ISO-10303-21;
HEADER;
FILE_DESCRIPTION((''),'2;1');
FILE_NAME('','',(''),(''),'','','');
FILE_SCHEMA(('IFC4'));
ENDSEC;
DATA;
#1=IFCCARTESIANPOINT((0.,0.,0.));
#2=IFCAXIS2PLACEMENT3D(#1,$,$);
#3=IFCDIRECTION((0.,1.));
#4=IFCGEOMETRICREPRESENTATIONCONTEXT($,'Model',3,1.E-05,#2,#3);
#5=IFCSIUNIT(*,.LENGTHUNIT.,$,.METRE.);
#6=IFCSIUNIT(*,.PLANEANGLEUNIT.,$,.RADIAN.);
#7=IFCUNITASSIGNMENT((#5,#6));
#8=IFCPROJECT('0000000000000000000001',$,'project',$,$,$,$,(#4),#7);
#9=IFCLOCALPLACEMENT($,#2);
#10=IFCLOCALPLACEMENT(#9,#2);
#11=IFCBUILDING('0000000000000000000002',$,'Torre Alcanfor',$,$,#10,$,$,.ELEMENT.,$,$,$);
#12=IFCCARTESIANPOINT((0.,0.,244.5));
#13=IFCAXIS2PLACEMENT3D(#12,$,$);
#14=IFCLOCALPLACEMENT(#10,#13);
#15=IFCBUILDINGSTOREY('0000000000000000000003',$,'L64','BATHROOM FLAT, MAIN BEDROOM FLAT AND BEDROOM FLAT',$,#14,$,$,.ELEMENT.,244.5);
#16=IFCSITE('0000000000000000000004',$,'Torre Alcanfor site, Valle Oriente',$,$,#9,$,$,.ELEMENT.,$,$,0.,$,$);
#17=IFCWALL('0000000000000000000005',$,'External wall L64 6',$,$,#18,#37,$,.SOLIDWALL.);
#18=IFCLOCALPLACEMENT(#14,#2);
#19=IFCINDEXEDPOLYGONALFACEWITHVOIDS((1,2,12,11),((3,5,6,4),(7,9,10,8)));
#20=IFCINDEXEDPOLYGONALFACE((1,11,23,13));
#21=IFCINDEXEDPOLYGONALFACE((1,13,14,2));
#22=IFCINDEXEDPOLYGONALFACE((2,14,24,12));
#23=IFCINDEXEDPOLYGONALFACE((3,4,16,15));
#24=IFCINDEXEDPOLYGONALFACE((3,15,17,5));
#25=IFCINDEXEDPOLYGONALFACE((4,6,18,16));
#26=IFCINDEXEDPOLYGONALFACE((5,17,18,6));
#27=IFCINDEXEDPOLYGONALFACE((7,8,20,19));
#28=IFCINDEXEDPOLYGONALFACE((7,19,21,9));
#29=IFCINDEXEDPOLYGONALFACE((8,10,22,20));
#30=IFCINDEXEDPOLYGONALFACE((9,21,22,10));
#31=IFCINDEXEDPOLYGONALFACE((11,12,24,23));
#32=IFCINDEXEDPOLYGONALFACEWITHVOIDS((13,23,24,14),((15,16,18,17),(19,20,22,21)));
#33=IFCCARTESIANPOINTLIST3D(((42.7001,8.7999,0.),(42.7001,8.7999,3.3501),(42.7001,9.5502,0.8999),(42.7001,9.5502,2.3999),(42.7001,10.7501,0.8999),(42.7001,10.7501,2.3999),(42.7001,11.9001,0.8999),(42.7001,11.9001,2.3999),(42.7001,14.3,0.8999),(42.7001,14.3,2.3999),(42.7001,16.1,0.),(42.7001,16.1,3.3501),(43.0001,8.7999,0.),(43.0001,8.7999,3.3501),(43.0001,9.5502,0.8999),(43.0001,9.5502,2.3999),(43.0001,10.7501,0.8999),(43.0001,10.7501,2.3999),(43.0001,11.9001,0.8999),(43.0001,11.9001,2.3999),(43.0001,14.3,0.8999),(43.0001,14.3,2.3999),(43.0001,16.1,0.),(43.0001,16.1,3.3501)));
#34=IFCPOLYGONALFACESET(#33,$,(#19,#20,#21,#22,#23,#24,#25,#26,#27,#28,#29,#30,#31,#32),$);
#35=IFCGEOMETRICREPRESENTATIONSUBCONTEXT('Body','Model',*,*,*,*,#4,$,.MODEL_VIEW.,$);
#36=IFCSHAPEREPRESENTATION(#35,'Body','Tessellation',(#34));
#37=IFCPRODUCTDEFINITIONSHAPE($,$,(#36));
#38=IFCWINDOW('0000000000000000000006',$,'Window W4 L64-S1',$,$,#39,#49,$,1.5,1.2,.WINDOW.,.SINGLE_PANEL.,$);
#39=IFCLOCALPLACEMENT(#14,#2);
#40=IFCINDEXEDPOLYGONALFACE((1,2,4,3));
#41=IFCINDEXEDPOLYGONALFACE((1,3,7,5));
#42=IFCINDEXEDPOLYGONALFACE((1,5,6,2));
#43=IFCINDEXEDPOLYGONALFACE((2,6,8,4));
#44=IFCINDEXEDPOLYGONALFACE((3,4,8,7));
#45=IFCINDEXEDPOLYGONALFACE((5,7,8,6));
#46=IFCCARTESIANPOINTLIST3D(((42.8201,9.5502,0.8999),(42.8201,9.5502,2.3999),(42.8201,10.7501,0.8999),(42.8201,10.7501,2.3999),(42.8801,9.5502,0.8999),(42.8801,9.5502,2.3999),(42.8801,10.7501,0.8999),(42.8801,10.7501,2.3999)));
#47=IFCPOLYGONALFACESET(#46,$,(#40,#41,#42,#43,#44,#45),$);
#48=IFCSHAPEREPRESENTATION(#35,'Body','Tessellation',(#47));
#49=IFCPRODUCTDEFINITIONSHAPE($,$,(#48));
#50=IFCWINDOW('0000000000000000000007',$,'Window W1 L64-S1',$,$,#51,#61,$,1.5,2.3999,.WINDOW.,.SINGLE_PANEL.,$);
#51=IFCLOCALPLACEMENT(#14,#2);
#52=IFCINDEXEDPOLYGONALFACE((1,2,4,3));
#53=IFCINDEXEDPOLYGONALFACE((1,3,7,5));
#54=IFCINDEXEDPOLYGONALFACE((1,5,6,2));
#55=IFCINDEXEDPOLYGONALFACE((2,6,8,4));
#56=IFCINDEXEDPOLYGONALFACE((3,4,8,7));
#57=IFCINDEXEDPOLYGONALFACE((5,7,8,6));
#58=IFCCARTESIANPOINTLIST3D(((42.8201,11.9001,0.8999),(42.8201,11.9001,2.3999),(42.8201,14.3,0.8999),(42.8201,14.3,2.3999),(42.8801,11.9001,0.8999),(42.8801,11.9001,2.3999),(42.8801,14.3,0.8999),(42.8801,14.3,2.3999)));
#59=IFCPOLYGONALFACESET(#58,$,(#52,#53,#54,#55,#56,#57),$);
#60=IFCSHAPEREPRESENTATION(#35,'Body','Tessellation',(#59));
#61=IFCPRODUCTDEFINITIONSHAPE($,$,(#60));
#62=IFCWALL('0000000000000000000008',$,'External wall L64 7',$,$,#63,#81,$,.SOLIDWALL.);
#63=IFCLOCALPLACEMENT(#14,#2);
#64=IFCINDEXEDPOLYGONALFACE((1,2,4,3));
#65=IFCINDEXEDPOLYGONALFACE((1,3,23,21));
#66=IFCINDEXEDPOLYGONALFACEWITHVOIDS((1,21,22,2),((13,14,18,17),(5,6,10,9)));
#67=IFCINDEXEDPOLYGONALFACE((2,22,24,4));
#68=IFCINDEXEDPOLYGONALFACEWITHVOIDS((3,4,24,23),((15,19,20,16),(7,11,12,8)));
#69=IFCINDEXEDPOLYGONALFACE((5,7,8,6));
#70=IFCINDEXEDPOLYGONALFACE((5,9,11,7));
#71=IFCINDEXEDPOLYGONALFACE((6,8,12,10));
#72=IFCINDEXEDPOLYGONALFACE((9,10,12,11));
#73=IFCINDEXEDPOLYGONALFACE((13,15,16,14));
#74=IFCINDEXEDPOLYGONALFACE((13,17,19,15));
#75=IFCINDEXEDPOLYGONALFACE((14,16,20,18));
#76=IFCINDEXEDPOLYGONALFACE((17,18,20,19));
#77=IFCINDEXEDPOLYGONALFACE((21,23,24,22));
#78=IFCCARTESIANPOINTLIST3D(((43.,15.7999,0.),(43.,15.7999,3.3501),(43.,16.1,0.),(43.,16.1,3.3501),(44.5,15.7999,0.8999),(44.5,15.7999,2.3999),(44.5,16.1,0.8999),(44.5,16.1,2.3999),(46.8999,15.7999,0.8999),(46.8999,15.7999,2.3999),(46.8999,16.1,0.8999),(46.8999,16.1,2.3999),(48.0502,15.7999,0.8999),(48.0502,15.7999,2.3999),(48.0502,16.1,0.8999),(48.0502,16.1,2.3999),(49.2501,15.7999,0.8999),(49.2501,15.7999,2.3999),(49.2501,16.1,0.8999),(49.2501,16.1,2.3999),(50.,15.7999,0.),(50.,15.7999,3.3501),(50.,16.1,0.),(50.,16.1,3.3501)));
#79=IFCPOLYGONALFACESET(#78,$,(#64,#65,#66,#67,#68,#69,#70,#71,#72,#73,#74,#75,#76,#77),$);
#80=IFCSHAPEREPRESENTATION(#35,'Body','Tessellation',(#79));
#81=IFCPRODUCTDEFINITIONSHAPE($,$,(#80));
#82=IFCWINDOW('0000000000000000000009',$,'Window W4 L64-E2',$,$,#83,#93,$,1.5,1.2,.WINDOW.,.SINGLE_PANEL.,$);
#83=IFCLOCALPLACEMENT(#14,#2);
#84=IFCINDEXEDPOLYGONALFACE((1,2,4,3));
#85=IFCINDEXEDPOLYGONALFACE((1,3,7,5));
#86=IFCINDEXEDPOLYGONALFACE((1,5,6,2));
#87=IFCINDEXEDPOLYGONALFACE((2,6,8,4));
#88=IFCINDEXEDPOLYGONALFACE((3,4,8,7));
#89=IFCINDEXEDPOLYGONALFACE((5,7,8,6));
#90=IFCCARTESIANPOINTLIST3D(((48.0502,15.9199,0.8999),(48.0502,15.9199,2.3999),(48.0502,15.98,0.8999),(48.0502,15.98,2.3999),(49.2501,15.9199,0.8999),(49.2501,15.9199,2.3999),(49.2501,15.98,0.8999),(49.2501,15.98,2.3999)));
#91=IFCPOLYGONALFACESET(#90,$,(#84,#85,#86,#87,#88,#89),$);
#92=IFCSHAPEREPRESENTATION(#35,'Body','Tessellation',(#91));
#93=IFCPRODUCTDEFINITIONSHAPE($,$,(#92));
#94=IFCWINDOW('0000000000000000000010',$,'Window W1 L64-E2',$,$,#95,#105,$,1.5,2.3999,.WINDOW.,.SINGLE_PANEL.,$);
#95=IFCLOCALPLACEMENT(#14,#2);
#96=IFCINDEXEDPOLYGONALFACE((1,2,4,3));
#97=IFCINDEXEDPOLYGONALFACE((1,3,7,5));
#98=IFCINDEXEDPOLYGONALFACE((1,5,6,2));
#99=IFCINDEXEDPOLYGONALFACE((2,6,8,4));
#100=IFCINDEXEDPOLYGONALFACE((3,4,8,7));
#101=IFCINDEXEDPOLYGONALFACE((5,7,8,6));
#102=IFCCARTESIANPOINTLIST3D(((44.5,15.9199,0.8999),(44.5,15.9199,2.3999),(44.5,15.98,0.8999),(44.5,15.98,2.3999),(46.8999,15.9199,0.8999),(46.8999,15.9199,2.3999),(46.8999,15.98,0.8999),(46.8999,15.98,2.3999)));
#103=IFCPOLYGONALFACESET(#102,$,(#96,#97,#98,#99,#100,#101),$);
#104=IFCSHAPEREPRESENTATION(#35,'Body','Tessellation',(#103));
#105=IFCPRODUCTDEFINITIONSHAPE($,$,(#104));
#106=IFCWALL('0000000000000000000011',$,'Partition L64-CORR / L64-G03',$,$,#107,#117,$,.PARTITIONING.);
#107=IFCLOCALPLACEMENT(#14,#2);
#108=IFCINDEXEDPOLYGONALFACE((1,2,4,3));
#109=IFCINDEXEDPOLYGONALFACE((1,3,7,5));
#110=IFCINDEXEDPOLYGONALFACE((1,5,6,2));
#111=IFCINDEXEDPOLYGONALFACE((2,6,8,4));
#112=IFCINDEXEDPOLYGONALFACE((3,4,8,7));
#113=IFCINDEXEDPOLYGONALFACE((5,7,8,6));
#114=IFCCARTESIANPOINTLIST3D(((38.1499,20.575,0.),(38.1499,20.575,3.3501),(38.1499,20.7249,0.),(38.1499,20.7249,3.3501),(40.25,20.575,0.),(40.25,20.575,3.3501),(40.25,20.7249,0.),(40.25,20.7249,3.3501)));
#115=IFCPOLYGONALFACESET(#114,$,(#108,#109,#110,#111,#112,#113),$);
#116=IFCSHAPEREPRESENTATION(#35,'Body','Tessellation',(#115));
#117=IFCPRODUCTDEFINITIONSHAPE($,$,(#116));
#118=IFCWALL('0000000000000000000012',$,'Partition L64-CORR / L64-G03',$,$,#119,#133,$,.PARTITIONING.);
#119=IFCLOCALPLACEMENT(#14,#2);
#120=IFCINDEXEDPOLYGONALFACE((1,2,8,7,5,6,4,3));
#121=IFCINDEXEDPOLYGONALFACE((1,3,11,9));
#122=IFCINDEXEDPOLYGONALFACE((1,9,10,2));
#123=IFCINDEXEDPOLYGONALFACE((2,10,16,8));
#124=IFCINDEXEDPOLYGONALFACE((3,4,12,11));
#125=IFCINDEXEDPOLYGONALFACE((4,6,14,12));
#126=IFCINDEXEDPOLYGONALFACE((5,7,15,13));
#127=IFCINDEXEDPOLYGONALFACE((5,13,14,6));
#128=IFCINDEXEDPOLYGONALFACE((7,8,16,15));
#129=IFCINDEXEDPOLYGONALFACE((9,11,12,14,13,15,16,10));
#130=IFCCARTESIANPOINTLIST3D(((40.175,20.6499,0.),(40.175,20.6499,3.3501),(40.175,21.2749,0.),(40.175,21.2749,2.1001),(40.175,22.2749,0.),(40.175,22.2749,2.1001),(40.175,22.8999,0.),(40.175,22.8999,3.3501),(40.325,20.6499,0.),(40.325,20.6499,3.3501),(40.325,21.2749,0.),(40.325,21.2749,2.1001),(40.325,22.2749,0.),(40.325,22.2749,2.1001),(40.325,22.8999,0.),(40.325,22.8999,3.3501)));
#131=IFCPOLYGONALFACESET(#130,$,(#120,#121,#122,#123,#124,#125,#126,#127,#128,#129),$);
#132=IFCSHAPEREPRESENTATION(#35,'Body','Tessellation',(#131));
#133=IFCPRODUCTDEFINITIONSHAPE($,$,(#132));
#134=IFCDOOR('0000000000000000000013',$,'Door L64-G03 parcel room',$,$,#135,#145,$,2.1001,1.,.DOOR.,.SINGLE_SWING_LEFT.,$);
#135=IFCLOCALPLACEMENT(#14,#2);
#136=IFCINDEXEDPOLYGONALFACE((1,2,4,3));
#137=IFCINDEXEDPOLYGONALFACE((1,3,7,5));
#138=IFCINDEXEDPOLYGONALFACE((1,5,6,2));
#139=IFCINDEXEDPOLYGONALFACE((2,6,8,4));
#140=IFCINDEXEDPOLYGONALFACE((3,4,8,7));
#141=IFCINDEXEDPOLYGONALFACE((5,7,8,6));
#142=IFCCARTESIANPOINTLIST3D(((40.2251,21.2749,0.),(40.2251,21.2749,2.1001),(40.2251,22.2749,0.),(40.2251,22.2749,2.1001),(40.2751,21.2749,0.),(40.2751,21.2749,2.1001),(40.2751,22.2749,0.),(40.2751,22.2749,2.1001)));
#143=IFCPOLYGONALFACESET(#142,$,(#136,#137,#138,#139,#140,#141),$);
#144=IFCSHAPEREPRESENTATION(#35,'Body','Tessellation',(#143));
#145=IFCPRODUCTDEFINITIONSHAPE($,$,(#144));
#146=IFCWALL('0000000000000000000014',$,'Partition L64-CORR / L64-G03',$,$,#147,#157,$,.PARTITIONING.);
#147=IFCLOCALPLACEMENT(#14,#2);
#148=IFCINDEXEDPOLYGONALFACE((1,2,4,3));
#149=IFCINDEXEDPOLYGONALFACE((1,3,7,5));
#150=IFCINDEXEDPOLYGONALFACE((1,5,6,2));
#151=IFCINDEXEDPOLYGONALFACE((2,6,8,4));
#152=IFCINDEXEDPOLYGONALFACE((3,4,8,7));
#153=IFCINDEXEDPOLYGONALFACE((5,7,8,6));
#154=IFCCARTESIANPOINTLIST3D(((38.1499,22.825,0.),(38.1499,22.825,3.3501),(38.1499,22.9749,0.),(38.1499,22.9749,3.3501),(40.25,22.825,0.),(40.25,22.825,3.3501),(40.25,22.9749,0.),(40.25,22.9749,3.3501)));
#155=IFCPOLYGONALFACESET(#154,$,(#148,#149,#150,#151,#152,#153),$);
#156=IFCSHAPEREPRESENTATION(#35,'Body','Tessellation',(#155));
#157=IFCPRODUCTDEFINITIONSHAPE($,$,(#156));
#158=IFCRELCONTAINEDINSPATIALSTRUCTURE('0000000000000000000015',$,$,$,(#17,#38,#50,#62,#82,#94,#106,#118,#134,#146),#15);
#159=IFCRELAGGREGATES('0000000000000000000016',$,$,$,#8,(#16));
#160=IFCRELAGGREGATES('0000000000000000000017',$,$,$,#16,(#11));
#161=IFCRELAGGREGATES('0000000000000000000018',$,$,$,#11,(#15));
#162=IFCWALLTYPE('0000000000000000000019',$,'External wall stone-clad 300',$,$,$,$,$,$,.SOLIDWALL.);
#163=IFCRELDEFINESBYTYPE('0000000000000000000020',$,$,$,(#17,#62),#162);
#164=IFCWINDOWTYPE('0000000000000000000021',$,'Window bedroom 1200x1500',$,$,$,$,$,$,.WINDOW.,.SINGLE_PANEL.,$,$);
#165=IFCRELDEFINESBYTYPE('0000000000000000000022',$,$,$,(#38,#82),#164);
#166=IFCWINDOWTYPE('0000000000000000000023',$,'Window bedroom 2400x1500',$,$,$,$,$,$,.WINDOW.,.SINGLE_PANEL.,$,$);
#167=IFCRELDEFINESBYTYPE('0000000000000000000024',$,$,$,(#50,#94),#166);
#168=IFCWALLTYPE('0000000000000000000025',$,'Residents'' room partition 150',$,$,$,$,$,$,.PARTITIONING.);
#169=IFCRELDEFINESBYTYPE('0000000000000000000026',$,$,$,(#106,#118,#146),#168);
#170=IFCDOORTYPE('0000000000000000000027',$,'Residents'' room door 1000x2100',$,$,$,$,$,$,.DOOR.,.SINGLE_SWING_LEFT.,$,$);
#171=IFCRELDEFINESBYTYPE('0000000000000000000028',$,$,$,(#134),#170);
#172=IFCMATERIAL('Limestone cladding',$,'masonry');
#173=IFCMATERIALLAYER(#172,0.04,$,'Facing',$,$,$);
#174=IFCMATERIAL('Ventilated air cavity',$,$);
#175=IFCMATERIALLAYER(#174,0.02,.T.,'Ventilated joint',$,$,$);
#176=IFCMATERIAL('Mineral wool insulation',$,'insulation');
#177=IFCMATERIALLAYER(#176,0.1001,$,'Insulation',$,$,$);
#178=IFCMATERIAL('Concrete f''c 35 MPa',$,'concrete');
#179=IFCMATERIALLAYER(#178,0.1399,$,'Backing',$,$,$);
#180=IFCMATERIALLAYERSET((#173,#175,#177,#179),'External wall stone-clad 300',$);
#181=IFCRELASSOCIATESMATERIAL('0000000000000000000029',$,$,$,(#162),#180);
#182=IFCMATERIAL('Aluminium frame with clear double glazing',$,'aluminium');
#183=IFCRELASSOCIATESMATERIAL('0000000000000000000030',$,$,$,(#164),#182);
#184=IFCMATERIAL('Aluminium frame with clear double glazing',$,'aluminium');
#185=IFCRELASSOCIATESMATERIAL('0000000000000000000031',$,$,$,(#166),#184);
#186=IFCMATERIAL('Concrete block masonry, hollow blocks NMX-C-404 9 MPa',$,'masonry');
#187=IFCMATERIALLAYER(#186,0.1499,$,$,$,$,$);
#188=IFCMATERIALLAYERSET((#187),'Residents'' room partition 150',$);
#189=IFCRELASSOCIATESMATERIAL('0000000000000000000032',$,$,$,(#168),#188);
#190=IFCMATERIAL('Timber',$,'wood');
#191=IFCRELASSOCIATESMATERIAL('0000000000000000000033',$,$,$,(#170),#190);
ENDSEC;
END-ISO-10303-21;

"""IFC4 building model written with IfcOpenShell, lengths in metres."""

from ifc_helpers import new_model, si_unit, direction, frame, frame_2d, origin, place, context, subcontext, project, spatial, rectangle, extrude, material, layer, layer_set, type_object, element, fill, save


model = new_model("IFC4")

# Units and contexts
model_context = context("Model", 3, precision=1e-05, world=origin(), true_north=direction((0.0, 1.0)))
body_context = subcontext(model_context, "Body", "Model", "MODEL_VIEW")
ifc_project = project(units=[si_unit("LENGTHUNIT", "METRE"), si_unit("PLANEANGLEUNIT", "RADIAN")], contexts=[model_context])

# Site, building, storey
site_placement = place(None, origin())
site = spatial("IfcSite", under=ifc_project, at=site_placement, Name="Torre Alcanfor site, Valle Oriente", CompositionType="ELEMENT", RefElevation=0.0)
building_placement = place(site_placement, origin())
building = spatial("IfcBuilding", under=site, at=building_placement, Name="Torre Alcanfor", CompositionType="ELEMENT")
storey_placement = place(building_placement, frame((0.0, 0.0, 244.5)))
storey = spatial("IfcBuildingStorey", under=building, at=storey_placement, Name="L64", Description="BATHROOM FLAT, MAIN BEDROOM FLAT AND BEDROOM FLAT", CompositionType="ELEMENT", Elevation=244.5)

# Walls, openings, windows
ifc_material_1 = material(Name="Limestone cladding", Category="masonry")
ifc_layer_1 = layer(ifc_material_1, 0.04, Name="Facing")
ifc_material_2 = material(Name="Ventilated air cavity")
ifc_layer_2 = layer(ifc_material_2, 0.02, ventilated=True, Name="Ventilated joint")
ifc_material_3 = material(Name="Mineral wool insulation", Category="insulation")
ifc_layer_3 = layer(ifc_material_3, 0.1001, Name="Insulation")
ifc_material_4 = material(Name="Concrete f'c 35 MPa", Category="concrete")
ifc_layer_4 = layer(ifc_material_4, 0.1399, Name="Backing")
ifc_layer_set_1 = layer_set([ifc_layer_1, ifc_layer_2, ifc_layer_3, ifc_layer_4], Name="External wall stone-clad 300")
wall_type_1 = type_object("IfcWallType", Name="External wall stone-clad 300", PredefinedType="SOLIDWALL", material=ifc_layer_set_1)
wall_1_placement = place(storey_placement, frame((42.8501, 8.8, 0.0), z_axis=(0.0, 0.0, 1.0), x_axis=(0.0, 1.0, 0.0)))
wall_1 = element("IfcWall", 1, at=wall_1_placement, inside=storey, type_object=wall_type_1, Name="External wall L64 6", PredefinedType="SOLIDWALL", context=body_context, shape_type="SweptSolid", body=[
    extrude(rectangle(XDim=7.3, YDim=0.3, at=frame_2d((3.6499, 0.0))), origin(), (0.0, 0.0, 1.0), 3.3501),
])
opening_1_placement = place(wall_1_placement, frame((3.1001, 0.0, 0.8999)))
opening_1 = element("IfcOpeningElement", 2, at=opening_1_placement, cuts=wall_1, PredefinedType="OPENING", context=body_context, shape_type="SweptSolid", body=[
    extrude(rectangle(XDim=2.3999, YDim=1.5, at=frame_2d((1.2, 0.75))), frame((0.0, 0.1599, 0.0), z_axis=(0.0, -1.0, 0.0), x_axis=(1.0, 0.0, 0.0)), (0.0, 0.0, 1.0), 0.3201),
])
opening_2_placement = place(wall_1_placement, frame((0.75, 0.0, 0.8999)))
opening_2 = element("IfcOpeningElement", 3, at=opening_2_placement, cuts=wall_1, PredefinedType="OPENING", context=body_context, shape_type="SweptSolid", body=[
    extrude(rectangle(XDim=1.2, YDim=1.5, at=frame_2d((0.6001, 0.75))), frame((0.0, 0.1599, 0.0), z_axis=(0.0, -1.0, 0.0), x_axis=(1.0, 0.0, 0.0)), (0.0, 0.0, 1.0), 0.3201),
])
ifc_material_5 = material(Name="Aluminium frame with clear double glazing", Category="aluminium")
window_type_1 = type_object("IfcWindowType", Name="Window bedroom 1200x1500", PartitioningType="SINGLE_PANEL", PredefinedType="WINDOW", material=ifc_material_5)
window_1_placement = place(opening_2_placement, origin())
window_1 = element("IfcWindow", 4, at=window_1_placement, inside=storey, type_object=window_type_1, Name="Window W4 L64-S1", OverallHeight=1.5, OverallWidth=1.2, PartitioningType="SINGLE_PANEL", PredefinedType="WINDOW", context=body_context, shape_type="SweptSolid", body=[
    extrude(rectangle(XDim=1.2, YDim=1.5, at=frame_2d((0.6001, 0.75))), frame((0.0, 0.03, 0.0), z_axis=(0.0, -1.0, 0.0), x_axis=(1.0, 0.0, 0.0)), (0.0, 0.0, 1.0), 0.0601),
])
fill(opening_2, window_1)
ifc_material_6 = material(Name="Aluminium frame with clear double glazing", Category="aluminium")
window_type_2 = type_object("IfcWindowType", Name="Window bedroom 2400x1500", PartitioningType="SINGLE_PANEL", PredefinedType="WINDOW", material=ifc_material_6)
window_2_placement = place(opening_1_placement, origin())
window_2 = element("IfcWindow", 5, at=window_2_placement, inside=storey, type_object=window_type_2, Name="Window W1 L64-S1", OverallHeight=1.5, OverallWidth=2.3999, PartitioningType="SINGLE_PANEL", PredefinedType="WINDOW", context=body_context, shape_type="SweptSolid", body=[
    extrude(rectangle(XDim=2.3999, YDim=1.5, at=frame_2d((1.2, 0.75))), frame((0.0, 0.03, 0.0), z_axis=(0.0, -1.0, 0.0), x_axis=(1.0, 0.0, 0.0)), (0.0, 0.0, 1.0), 0.0601),
])
fill(opening_1, window_2)
wall_2_placement = place(storey_placement, frame((43.0, 15.95, 0.0), z_axis=(0.0, 0.0, 1.0), x_axis=(1.0, 0.0, 0.0)))
wall_2 = element("IfcWall", 6, at=wall_2_placement, inside=storey, type_object=wall_type_1, Name="External wall L64 7", PredefinedType="SOLIDWALL", context=body_context, shape_type="SweptSolid", body=[
    extrude(rectangle(XDim=7.0, YDim=0.3, at=frame_2d((3.5, 0.0))), origin(), (0.0, 0.0, 1.0), 3.3501),
])
opening_3_placement = place(wall_2_placement, frame((1.5, 0.0, 0.8999)))
opening_3 = element("IfcOpeningElement", 7, at=opening_3_placement, cuts=wall_2, PredefinedType="OPENING", context=body_context, shape_type="SweptSolid", body=[
    extrude(rectangle(XDim=2.3999, YDim=1.5, at=frame_2d((1.2, 0.75))), frame((0.0, 0.1599, 0.0), z_axis=(0.0, -1.0, 0.0), x_axis=(1.0, 0.0, 0.0)), (0.0, 0.0, 1.0), 0.3201),
])
opening_4_placement = place(wall_2_placement, frame((5.05, 0.0, 0.8999)))
opening_4 = element("IfcOpeningElement", 8, at=opening_4_placement, cuts=wall_2, PredefinedType="OPENING", context=body_context, shape_type="SweptSolid", body=[
    extrude(rectangle(XDim=1.2, YDim=1.5, at=frame_2d((0.6001, 0.75))), frame((0.0, 0.1599, 0.0), z_axis=(0.0, -1.0, 0.0), x_axis=(1.0, 0.0, 0.0)), (0.0, 0.0, 1.0), 0.3201),
])
window_3_placement = place(opening_4_placement, origin())
window_3 = element("IfcWindow", 9, at=window_3_placement, inside=storey, type_object=window_type_1, Name="Window W4 L64-E2", OverallHeight=1.5, OverallWidth=1.2, PartitioningType="SINGLE_PANEL", PredefinedType="WINDOW", context=body_context, shape_type="SweptSolid", body=[
    extrude(rectangle(XDim=1.2, YDim=1.5, at=frame_2d((0.6001, 0.75))), frame((0.0, 0.03, 0.0), z_axis=(0.0, -1.0, 0.0), x_axis=(1.0, 0.0, 0.0)), (0.0, 0.0, 1.0), 0.0601),
])
fill(opening_4, window_3)
window_4_placement = place(opening_3_placement, origin())
window_4 = element("IfcWindow", 10, at=window_4_placement, inside=storey, type_object=window_type_2, Name="Window W1 L64-E2", OverallHeight=1.5, OverallWidth=2.3999, PartitioningType="SINGLE_PANEL", PredefinedType="WINDOW", context=body_context, shape_type="SweptSolid", body=[
    extrude(rectangle(XDim=2.3999, YDim=1.5, at=frame_2d((1.2, 0.75))), frame((0.0, 0.03, 0.0), z_axis=(0.0, -1.0, 0.0), x_axis=(1.0, 0.0, 0.0)), (0.0, 0.0, 1.0), 0.0601),
])
fill(opening_3, window_4)

# Wall
ifc_material_7 = material(Name="Concrete block masonry, hollow blocks NMX-C-404 9 MPa", Category="masonry")
ifc_layer_5 = layer(ifc_material_7, 0.1499)
ifc_layer_set_2 = layer_set([ifc_layer_5], Name="Residents' room partition 150")
wall_type_2 = type_object("IfcWallType", Name="Residents' room partition 150", PredefinedType="PARTITIONING", material=ifc_layer_set_2)
wall_3_placement = place(storey_placement, frame((38.1499, 20.6499, 0.0), z_axis=(0.0, 0.0, 1.0), x_axis=(1.0, 0.0, 0.0)))
element("IfcWall", 11, at=wall_3_placement, inside=storey, type_object=wall_type_2, Name="Partition L64-CORR / L64-G03", PredefinedType="PARTITIONING", context=body_context, shape_type="SweptSolid", body=[
    extrude(rectangle(XDim=2.1001, YDim=0.1499, at=frame_2d((1.05, 0.0))), origin(), (0.0, 0.0, 1.0), 3.3501),
])

# Wall, opening, door
wall_4_placement = place(storey_placement, frame((40.25, 20.6499, 0.0), z_axis=(0.0, 0.0, 1.0), x_axis=(0.0, 1.0, 0.0)))
wall_4 = element("IfcWall", 12, at=wall_4_placement, inside=storey, type_object=wall_type_2, Name="Partition L64-CORR / L64-G03", PredefinedType="PARTITIONING", context=body_context, shape_type="SweptSolid", body=[
    extrude(rectangle(XDim=2.25, YDim=0.1499, at=frame_2d((1.125, 0.0))), origin(), (0.0, 0.0, 1.0), 3.3501),
])
opening_5_placement = place(wall_4_placement, frame((0.625, 0.0, 0.0)))
opening_5 = element("IfcOpeningElement", 13, at=opening_5_placement, cuts=wall_4, PredefinedType="OPENING", context=body_context, shape_type="SweptSolid", body=[
    extrude(rectangle(XDim=1.0, YDim=2.1001, at=frame_2d((0.5, 1.05))), frame((0.0, 0.085, 0.0), z_axis=(0.0, -1.0, 0.0), x_axis=(1.0, 0.0, 0.0)), (0.0, 0.0, 1.0), 0.1699),
])
ifc_material_8 = material(Name="Timber", Category="wood")
door_type = type_object("IfcDoorType", Name="Residents' room door 1000x2100", OperationType="SINGLE_SWING_LEFT", PredefinedType="DOOR", material=ifc_material_8)
door_placement = place(opening_5_placement, origin())
door = element("IfcDoor", 14, at=door_placement, inside=storey, type_object=door_type, Name="Door L64-G03 parcel room", OperationType="SINGLE_SWING_LEFT", OverallHeight=2.1001, OverallWidth=1.0, PredefinedType="DOOR", context=body_context, shape_type="SweptSolid", body=[
    extrude(rectangle(XDim=1.0, YDim=2.1001, at=frame_2d((0.5, 1.05))), frame((0.0, 0.0249, 0.0), z_axis=(0.0, -1.0, 0.0), x_axis=(1.0, 0.0, 0.0)), (0.0, 0.0, 1.0), 0.05),
])
fill(opening_5, door)

# Wall
wall_5_placement = place(storey_placement, frame((40.25, 22.8999, 0.0), z_axis=(0.0, 0.0, 1.0), x_axis=(-1.0, 0.0, 0.0)))
element("IfcWall", 15, at=wall_5_placement, inside=storey, type_object=wall_type_2, Name="Partition L64-CORR / L64-G03", PredefinedType="PARTITIONING", context=body_context, shape_type="SweptSolid", body=[
    extrude(rectangle(XDim=2.1001, YDim=0.1499, at=frame_2d((1.05, 0.0))), origin(), (0.0, 0.0, 1.0), 3.3501),
])

save(model, "model.ifc")
